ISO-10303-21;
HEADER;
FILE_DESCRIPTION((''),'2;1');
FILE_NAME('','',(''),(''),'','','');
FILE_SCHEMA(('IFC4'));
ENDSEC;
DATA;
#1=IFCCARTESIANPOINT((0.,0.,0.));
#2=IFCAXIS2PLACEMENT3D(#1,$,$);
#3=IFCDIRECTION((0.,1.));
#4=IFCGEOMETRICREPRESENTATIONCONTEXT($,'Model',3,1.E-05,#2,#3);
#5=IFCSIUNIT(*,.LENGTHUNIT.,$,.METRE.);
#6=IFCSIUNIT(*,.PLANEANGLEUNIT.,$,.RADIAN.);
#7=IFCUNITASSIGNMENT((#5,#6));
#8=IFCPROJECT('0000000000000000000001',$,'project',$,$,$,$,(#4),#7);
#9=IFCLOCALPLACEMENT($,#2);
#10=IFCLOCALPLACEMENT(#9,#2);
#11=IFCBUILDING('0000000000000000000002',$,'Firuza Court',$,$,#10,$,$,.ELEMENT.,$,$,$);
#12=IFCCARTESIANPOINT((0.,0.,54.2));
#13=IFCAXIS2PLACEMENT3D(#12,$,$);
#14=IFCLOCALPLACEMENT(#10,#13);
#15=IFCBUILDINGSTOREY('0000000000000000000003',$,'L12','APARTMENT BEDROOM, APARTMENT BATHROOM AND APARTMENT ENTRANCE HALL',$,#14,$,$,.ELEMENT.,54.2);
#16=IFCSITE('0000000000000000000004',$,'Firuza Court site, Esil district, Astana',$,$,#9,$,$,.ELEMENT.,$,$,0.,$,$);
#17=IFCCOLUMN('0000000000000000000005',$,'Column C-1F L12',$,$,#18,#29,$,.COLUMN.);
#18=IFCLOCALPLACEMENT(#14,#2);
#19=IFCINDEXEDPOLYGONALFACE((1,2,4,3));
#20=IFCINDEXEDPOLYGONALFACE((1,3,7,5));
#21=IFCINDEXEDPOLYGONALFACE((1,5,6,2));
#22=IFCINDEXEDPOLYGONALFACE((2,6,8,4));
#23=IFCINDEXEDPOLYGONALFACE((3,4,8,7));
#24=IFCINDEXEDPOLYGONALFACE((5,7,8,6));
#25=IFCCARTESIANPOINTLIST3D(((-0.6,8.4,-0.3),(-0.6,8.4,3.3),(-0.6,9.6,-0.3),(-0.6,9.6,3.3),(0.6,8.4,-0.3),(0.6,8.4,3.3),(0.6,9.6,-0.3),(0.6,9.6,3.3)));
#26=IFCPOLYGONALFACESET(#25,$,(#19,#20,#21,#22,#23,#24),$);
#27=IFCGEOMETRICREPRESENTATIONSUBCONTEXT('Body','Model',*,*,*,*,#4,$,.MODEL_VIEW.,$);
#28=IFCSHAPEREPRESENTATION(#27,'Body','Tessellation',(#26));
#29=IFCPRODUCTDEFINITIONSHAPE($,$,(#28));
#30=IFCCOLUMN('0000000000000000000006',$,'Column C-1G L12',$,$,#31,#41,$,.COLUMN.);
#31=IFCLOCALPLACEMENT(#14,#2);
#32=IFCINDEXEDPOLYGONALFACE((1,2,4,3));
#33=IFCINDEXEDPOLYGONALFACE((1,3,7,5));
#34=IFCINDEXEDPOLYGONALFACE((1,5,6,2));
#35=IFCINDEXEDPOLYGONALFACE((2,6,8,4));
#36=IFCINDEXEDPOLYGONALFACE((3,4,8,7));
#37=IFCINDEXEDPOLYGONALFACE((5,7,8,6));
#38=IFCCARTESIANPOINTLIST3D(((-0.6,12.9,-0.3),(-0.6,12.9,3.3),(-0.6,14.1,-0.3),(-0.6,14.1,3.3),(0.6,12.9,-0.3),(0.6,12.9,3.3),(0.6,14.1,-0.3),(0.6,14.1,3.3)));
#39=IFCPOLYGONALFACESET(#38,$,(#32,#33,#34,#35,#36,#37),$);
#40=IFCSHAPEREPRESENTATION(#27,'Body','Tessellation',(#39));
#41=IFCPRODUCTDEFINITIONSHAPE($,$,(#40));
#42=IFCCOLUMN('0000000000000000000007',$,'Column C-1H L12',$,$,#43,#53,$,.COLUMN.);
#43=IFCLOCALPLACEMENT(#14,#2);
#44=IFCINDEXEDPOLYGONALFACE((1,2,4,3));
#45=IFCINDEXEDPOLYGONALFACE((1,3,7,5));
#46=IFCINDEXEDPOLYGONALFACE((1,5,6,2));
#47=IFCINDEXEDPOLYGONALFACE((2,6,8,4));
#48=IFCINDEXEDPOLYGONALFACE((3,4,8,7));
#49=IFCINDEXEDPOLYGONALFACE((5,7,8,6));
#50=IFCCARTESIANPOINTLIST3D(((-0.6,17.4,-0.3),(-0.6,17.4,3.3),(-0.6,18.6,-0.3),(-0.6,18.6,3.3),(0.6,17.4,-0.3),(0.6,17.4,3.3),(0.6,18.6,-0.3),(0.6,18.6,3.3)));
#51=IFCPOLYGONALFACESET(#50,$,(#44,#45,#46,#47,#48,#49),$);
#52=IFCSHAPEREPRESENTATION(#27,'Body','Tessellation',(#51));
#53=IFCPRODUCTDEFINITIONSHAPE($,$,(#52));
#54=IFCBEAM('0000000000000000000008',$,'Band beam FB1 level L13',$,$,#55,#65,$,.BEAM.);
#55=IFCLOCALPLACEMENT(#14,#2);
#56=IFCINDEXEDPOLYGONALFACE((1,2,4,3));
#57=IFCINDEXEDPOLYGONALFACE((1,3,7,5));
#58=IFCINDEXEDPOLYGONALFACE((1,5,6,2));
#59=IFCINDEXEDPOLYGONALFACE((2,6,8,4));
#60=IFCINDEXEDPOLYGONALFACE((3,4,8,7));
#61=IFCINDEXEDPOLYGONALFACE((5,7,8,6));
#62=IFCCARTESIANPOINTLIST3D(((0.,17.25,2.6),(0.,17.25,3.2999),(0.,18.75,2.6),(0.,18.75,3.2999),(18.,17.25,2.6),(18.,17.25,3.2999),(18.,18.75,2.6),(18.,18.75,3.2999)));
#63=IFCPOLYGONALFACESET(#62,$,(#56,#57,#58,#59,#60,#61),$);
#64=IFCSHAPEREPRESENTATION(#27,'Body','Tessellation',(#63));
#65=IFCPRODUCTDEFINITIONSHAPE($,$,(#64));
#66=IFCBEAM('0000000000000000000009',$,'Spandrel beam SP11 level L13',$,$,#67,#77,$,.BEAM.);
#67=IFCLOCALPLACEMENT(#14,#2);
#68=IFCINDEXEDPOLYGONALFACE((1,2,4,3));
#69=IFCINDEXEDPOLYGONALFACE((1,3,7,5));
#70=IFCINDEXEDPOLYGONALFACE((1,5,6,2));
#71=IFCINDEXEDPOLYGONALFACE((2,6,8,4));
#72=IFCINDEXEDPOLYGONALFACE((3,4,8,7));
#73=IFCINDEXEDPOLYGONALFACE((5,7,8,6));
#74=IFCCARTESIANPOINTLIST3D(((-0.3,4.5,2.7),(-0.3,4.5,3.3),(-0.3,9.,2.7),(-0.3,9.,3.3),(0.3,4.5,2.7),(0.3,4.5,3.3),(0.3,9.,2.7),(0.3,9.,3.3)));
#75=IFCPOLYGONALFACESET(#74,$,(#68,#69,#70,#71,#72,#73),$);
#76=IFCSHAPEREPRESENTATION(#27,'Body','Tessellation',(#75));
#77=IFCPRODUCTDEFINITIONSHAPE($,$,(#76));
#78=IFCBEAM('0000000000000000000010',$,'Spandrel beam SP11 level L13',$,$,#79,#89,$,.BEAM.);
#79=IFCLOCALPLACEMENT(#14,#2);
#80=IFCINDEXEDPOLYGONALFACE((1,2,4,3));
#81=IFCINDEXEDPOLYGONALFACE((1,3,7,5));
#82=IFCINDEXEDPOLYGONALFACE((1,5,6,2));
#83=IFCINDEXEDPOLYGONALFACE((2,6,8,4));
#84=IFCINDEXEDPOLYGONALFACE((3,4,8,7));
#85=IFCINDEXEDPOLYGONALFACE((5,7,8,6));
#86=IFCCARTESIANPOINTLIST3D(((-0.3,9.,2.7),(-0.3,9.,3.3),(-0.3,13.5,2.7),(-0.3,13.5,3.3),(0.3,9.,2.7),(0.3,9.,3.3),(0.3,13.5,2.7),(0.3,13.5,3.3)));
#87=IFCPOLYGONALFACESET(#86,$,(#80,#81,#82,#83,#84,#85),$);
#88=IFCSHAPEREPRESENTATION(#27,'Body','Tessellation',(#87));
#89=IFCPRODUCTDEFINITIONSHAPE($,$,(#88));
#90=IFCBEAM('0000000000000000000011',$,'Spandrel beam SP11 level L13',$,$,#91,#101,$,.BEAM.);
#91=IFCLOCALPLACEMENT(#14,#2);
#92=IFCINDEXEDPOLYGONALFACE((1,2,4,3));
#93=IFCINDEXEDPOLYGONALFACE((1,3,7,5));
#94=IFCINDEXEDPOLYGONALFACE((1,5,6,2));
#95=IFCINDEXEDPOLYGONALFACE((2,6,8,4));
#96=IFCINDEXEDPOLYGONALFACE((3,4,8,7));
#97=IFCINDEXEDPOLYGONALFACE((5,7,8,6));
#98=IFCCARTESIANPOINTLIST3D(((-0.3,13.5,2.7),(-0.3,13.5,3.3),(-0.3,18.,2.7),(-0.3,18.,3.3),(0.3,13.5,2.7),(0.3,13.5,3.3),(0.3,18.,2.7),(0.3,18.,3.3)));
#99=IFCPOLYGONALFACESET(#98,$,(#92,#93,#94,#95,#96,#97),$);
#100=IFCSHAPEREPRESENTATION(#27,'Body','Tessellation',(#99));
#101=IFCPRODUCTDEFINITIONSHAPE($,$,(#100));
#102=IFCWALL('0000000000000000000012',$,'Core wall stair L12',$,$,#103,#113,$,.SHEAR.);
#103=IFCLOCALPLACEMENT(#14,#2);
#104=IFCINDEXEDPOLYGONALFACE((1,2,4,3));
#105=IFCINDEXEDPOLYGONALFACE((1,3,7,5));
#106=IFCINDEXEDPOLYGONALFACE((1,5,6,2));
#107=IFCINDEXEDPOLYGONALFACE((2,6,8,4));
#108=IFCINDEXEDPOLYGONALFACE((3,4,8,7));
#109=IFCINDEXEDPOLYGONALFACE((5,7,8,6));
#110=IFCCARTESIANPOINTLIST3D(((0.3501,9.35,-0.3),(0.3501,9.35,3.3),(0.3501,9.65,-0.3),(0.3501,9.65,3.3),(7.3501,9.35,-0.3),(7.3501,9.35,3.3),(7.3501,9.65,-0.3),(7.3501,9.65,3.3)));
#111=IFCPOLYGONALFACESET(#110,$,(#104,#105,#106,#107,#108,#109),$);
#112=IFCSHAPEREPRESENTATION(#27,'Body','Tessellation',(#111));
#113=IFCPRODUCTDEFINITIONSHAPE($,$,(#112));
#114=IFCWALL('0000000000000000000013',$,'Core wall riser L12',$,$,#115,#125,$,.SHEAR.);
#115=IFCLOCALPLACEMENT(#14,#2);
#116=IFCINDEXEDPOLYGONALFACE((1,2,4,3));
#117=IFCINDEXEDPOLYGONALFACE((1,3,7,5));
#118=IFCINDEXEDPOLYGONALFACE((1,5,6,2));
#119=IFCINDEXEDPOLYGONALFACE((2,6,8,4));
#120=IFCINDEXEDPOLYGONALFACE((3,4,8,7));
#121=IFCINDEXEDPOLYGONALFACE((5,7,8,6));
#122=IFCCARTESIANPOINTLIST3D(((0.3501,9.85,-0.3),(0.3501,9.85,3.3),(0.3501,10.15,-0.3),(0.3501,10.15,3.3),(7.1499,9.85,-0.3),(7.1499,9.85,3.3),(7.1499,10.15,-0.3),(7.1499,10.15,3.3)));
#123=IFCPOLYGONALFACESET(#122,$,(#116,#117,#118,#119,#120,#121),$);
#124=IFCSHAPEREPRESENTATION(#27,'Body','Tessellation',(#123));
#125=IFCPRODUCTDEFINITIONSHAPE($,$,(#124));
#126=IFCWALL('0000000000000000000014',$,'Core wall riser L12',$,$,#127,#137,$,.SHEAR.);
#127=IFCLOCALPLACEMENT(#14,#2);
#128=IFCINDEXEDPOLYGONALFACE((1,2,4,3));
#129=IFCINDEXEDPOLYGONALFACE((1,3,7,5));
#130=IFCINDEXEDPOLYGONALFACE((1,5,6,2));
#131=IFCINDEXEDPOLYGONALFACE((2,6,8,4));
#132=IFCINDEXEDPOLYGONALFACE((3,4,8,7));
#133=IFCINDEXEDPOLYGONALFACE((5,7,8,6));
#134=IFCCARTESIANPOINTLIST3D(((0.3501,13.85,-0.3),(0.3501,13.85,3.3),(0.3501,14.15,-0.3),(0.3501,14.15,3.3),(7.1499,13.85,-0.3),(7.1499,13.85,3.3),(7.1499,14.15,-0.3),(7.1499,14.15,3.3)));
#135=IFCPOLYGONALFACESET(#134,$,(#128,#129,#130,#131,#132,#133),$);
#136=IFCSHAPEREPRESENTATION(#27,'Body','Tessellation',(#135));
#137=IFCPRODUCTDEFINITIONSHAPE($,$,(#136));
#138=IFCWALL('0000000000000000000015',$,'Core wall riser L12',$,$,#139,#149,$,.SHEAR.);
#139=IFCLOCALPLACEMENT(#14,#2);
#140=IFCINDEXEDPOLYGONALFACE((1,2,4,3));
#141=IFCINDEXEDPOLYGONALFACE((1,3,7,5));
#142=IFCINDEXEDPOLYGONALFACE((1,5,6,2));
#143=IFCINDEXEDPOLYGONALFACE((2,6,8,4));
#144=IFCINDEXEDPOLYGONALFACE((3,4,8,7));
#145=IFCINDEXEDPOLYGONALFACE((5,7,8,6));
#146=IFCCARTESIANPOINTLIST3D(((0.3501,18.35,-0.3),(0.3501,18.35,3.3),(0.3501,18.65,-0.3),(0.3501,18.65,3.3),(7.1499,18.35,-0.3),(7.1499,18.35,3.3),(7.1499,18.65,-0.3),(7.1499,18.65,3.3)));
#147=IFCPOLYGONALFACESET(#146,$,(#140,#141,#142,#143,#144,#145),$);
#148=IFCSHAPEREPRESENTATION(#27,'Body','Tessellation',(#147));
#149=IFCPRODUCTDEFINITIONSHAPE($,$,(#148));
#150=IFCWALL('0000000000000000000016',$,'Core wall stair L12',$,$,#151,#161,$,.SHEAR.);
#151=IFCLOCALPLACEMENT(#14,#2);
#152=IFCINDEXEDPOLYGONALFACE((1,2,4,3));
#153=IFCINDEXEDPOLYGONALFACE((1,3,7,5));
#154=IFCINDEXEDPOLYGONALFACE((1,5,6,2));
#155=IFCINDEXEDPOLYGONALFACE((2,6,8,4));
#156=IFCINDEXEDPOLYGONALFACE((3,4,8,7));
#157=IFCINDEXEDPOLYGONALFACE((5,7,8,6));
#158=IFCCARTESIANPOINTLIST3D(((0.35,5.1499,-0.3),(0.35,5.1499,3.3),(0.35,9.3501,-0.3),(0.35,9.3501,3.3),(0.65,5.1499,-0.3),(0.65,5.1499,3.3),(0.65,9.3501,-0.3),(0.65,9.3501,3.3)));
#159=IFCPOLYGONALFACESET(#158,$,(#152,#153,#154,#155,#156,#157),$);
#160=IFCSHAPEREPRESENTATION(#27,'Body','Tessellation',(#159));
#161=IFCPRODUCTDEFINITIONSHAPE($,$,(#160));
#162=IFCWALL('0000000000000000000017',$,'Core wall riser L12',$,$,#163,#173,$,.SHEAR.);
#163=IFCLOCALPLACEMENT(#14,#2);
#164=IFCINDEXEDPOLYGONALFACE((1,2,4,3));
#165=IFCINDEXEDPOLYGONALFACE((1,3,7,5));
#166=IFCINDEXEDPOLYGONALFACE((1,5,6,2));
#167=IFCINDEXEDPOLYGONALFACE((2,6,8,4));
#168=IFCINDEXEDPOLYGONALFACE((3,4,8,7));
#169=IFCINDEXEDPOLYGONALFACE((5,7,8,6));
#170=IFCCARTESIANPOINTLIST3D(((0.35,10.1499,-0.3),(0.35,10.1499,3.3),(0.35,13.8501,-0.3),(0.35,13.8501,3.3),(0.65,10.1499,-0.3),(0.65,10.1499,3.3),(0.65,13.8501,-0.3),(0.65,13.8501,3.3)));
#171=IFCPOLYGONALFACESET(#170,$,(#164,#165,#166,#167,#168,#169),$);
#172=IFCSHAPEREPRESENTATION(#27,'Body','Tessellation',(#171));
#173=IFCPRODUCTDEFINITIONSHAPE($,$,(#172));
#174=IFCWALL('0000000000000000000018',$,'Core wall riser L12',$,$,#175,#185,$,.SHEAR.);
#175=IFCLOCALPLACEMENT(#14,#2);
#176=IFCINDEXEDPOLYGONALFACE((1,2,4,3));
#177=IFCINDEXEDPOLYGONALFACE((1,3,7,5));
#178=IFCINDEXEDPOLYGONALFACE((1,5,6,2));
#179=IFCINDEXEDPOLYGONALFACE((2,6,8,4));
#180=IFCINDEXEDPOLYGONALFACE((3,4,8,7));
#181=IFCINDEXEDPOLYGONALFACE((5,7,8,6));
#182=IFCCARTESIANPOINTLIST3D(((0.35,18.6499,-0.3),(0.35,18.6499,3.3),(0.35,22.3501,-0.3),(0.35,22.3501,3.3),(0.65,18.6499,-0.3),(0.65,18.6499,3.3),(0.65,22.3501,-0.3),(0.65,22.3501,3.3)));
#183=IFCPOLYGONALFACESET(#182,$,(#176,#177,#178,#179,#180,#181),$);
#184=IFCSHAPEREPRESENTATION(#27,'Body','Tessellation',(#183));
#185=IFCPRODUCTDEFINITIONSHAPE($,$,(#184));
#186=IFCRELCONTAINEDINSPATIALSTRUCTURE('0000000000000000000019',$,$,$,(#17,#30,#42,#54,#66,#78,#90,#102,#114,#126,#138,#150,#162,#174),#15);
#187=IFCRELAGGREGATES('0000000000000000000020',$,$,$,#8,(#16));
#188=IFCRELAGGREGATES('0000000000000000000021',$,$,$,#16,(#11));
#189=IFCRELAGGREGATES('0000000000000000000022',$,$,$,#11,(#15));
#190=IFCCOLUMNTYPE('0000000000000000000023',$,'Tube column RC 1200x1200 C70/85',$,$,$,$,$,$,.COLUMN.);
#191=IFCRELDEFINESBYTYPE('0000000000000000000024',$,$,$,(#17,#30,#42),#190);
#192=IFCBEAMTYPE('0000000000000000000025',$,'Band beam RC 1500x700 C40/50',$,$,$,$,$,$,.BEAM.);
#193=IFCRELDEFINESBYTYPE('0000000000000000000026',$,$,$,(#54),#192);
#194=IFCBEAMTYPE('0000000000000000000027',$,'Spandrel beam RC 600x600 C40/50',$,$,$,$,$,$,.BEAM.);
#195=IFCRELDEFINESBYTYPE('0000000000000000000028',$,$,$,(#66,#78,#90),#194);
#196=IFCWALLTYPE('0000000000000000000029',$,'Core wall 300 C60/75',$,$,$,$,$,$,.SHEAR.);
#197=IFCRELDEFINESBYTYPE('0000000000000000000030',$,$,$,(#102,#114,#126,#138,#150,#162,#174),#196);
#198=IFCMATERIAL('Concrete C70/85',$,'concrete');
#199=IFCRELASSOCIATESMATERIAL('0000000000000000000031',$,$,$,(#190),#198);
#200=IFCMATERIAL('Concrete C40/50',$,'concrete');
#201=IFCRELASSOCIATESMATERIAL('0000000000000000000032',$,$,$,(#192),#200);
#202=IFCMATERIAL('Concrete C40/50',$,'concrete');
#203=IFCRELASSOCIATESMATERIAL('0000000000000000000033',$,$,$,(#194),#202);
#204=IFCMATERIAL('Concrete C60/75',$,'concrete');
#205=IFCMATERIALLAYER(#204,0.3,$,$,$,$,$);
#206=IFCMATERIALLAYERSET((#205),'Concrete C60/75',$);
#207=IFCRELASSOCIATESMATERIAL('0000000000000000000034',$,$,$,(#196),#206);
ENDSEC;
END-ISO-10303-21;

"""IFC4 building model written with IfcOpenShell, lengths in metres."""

from ifc_helpers import new_model, si_unit, direction, frame, frame_2d, origin, origin_2d, place, context, subcontext, project, spatial, rectangle, extrude, material, layer, layer_set, material_profile, profile_set, type_object, element, save


model = new_model("IFC4")

# Units and contexts
model_context = context("Model", 3, precision=1e-05, world=origin(), true_north=direction((0.0, 1.0)))
body_context = subcontext(model_context, "Body", "Model", "MODEL_VIEW")
ifc_project = project(units=[si_unit("LENGTHUNIT", "METRE"), si_unit("PLANEANGLEUNIT", "RADIAN")], contexts=[model_context])

# Site, building, storey
site_placement = place(None, origin())
site = spatial("IfcSite", under=ifc_project, at=site_placement, Name="Firuza Court site, Esil district, Astana", CompositionType="ELEMENT", RefElevation=0.0)
building_placement = place(site_placement, origin())
building = spatial("IfcBuilding", under=site, at=building_placement, Name="Firuza Court", CompositionType="ELEMENT")
storey_placement = place(building_placement, frame((0.0, 0.0, 54.2)))
storey = spatial("IfcBuildingStorey", under=building, at=storey_placement, Name="L12", Description="APARTMENT BEDROOM, APARTMENT BATHROOM AND APARTMENT ENTRANCE HALL", CompositionType="ELEMENT", Elevation=54.2)

# Columns
ifc_material_1 = material(Name="Concrete C70/85", Category="concrete")
ifc_material_profile_1 = material_profile(ifc_material_1, rectangle(XDim=1.2, YDim=1.2, at=origin_2d()), Name="RC 1200x1200")
ifc_profile_set_1 = profile_set([ifc_material_profile_1], Name="Concrete C70/85")
column_type = type_object("IfcColumnType", Name="Tube column RC 1200x1200 C70/85", PredefinedType="COLUMN", material=ifc_profile_set_1)
for number, where, z_axis, x_axis, name in (
    (1, (0.0, 9.0, -0.3), (0.0, 0.0, 1.0), (1.0, 0.0, 0.0), "Column C-1F L12"),
    (2, (0.0, 13.5, -0.3), (0.0, 0.0, 1.0), (1.0, 0.0, 0.0), "Column C-1G L12"),
    (3, (0.0, 18.0, -0.3), (0.0, 0.0, 1.0), (1.0, 0.0, 0.0), "Column C-1H L12"),
):
    element("IfcColumn", number, at=place(storey_placement, frame(where, z_axis=z_axis, x_axis=x_axis)), inside=storey, type_object=column_type, Name=name, PredefinedType="COLUMN", context=body_context, shape_type="SweptSolid", body=[
        extrude(rectangle(XDim=1.2, YDim=1.2, at=origin_2d()), origin(), (0.0, 0.0, 1.0), 3.6001),
    ])

# Beams
ifc_material_2 = material(Name="Concrete C40/50", Category="concrete")
ifc_material_profile_2 = material_profile(ifc_material_2, rectangle(XDim=1.5, YDim=0.7, at=origin_2d()), Name="RC 1500x700")
ifc_profile_set_2 = profile_set([ifc_material_profile_2], Name="Concrete C40/50")
beam_type_1 = type_object("IfcBeamType", Name="Band beam RC 1500x700 C40/50", PredefinedType="BEAM", material=ifc_profile_set_2)
beam_placement = place(storey_placement, frame((0.0, 18.0, 2.95), z_axis=(1.0, 0.0, 0.0), x_axis=(0.0, 1.0, 0.0)))
element("IfcBeam", 4, at=beam_placement, inside=storey, type_object=beam_type_1, Name="Band beam FB1 level L13", PredefinedType="BEAM", context=body_context, shape_type="SweptSolid", body=[
    extrude(rectangle(XDim=1.5, YDim=0.7, at=origin_2d()), origin(), (0.0, 0.0, 1.0), 18.0),
])
ifc_material_3 = material(Name="Concrete C40/50", Category="concrete")
ifc_material_profile_3 = material_profile(ifc_material_3, rectangle(XDim=0.6001, YDim=0.6001, at=origin_2d()), Name="RC 600x600")
ifc_profile_set_3 = profile_set([ifc_material_profile_3], Name="Concrete C40/50")
beam_type_2 = type_object("IfcBeamType", Name="Spandrel beam RC 600x600 C40/50", PredefinedType="BEAM", material=ifc_profile_set_3)
for number, where, z_axis, x_axis, name in (
    (5, (0.0, 9.0, 3.0), (0.0, -1.0, 0.0), (1.0, 0.0, 0.0), "Spandrel beam SP11 level L13"),
    (6, (0.0, 13.5, 3.0), (0.0, -1.0, 0.0), (1.0, 0.0, 0.0), "Spandrel beam SP11 level L13"),
    (7, (0.0, 18.0, 3.0), (0.0, -1.0, 0.0), (1.0, 0.0, 0.0), "Spandrel beam SP11 level L13"),
):
    element("IfcBeam", number, at=place(storey_placement, frame(where, z_axis=z_axis, x_axis=x_axis)), inside=storey, type_object=beam_type_2, Name=name, PredefinedType="BEAM", context=body_context, shape_type="SweptSolid", body=[
        extrude(rectangle(XDim=0.6001, YDim=0.6001, at=origin_2d()), origin(), (0.0, 0.0, 1.0), 4.5),
    ])

# Walls
ifc_material_4 = material(Name="Concrete C60/75", Category="concrete")
ifc_layer_1 = layer(ifc_material_4, 0.3)
ifc_layer_set_1 = layer_set([ifc_layer_1], Name="Concrete C60/75")
wall_type_1 = type_object("IfcWallType", Name="Core wall 300 C60/75", PredefinedType="SHEAR", material=ifc_layer_set_1)
wall_1_placement = place(storey_placement, frame((0.3501, 9.5, -0.3), z_axis=(0.0, 0.0, 1.0), x_axis=(1.0, 0.0, 0.0)))
element("IfcWall", 8, at=wall_1_placement, inside=storey, type_object=wall_type_1, Name="Core wall stair L12", PredefinedType="SHEAR", context=body_context, shape_type="SweptSolid", body=[
    extrude(rectangle(XDim=7.0, YDim=0.3, at=frame_2d((3.5, 0.0))), origin(), (0.0, 0.0, 1.0), 3.6001),
])
for number, where, z_axis, x_axis, name in (
    (9, (0.3501, 10.0, -0.3), (0.0, 0.0, 1.0), (1.0, 0.0, 0.0), "Core wall riser L12"),
    (10, (0.3501, 14.0, -0.3), (0.0, 0.0, 1.0), (1.0, 0.0, 0.0), "Core wall riser L12"),
    (11, (0.3501, 18.5, -0.3), (0.0, 0.0, 1.0), (1.0, 0.0, 0.0), "Core wall riser L12"),
):
    element("IfcWall", number, at=place(storey_placement, frame(where, z_axis=z_axis, x_axis=x_axis)), inside=storey, type_object=wall_type_1, Name=name, PredefinedType="SHEAR", context=body_context, shape_type="SweptSolid", body=[
        extrude(rectangle(XDim=6.7998, YDim=0.3, at=frame_2d((3.3999, 0.0))), origin(), (0.0, 0.0, 1.0), 3.6001),
    ])
wall_2_placement = place(storey_placement, frame((0.5, 5.1499, -0.3), z_axis=(0.0, 0.0, 1.0), x_axis=(0.0, 1.0, 0.0)))
element("IfcWall", 12, at=wall_2_placement, inside=storey, type_object=wall_type_1, Name="Core wall stair L12", PredefinedType="SHEAR", context=body_context, shape_type="SweptSolid", body=[
    extrude(rectangle(XDim=4.2002, YDim=0.3, at=frame_2d((2.1001, 0.0))), origin(), (0.0, 0.0, 1.0), 3.6001),
])
for number, where, z_axis, x_axis, name in (
    (13, (0.5, 10.1499, -0.3), (0.0, 0.0, 1.0), (0.0, 1.0, 0.0), "Core wall riser L12"),
    (14, (0.5, 18.6499, -0.3), (0.0, 0.0, 1.0), (0.0, 1.0, 0.0), "Core wall riser L12"),
):
    element("IfcWall", number, at=place(storey_placement, frame(where, z_axis=z_axis, x_axis=x_axis)), inside=storey, type_object=wall_type_1, Name=name, PredefinedType="SHEAR", context=body_context, shape_type="SweptSolid", body=[
        extrude(rectangle(XDim=3.7002, YDim=0.3, at=frame_2d((1.8501, 0.0))), origin(), (0.0, 0.0, 1.0), 3.6001),
    ])

save(model, "model.ifc")
